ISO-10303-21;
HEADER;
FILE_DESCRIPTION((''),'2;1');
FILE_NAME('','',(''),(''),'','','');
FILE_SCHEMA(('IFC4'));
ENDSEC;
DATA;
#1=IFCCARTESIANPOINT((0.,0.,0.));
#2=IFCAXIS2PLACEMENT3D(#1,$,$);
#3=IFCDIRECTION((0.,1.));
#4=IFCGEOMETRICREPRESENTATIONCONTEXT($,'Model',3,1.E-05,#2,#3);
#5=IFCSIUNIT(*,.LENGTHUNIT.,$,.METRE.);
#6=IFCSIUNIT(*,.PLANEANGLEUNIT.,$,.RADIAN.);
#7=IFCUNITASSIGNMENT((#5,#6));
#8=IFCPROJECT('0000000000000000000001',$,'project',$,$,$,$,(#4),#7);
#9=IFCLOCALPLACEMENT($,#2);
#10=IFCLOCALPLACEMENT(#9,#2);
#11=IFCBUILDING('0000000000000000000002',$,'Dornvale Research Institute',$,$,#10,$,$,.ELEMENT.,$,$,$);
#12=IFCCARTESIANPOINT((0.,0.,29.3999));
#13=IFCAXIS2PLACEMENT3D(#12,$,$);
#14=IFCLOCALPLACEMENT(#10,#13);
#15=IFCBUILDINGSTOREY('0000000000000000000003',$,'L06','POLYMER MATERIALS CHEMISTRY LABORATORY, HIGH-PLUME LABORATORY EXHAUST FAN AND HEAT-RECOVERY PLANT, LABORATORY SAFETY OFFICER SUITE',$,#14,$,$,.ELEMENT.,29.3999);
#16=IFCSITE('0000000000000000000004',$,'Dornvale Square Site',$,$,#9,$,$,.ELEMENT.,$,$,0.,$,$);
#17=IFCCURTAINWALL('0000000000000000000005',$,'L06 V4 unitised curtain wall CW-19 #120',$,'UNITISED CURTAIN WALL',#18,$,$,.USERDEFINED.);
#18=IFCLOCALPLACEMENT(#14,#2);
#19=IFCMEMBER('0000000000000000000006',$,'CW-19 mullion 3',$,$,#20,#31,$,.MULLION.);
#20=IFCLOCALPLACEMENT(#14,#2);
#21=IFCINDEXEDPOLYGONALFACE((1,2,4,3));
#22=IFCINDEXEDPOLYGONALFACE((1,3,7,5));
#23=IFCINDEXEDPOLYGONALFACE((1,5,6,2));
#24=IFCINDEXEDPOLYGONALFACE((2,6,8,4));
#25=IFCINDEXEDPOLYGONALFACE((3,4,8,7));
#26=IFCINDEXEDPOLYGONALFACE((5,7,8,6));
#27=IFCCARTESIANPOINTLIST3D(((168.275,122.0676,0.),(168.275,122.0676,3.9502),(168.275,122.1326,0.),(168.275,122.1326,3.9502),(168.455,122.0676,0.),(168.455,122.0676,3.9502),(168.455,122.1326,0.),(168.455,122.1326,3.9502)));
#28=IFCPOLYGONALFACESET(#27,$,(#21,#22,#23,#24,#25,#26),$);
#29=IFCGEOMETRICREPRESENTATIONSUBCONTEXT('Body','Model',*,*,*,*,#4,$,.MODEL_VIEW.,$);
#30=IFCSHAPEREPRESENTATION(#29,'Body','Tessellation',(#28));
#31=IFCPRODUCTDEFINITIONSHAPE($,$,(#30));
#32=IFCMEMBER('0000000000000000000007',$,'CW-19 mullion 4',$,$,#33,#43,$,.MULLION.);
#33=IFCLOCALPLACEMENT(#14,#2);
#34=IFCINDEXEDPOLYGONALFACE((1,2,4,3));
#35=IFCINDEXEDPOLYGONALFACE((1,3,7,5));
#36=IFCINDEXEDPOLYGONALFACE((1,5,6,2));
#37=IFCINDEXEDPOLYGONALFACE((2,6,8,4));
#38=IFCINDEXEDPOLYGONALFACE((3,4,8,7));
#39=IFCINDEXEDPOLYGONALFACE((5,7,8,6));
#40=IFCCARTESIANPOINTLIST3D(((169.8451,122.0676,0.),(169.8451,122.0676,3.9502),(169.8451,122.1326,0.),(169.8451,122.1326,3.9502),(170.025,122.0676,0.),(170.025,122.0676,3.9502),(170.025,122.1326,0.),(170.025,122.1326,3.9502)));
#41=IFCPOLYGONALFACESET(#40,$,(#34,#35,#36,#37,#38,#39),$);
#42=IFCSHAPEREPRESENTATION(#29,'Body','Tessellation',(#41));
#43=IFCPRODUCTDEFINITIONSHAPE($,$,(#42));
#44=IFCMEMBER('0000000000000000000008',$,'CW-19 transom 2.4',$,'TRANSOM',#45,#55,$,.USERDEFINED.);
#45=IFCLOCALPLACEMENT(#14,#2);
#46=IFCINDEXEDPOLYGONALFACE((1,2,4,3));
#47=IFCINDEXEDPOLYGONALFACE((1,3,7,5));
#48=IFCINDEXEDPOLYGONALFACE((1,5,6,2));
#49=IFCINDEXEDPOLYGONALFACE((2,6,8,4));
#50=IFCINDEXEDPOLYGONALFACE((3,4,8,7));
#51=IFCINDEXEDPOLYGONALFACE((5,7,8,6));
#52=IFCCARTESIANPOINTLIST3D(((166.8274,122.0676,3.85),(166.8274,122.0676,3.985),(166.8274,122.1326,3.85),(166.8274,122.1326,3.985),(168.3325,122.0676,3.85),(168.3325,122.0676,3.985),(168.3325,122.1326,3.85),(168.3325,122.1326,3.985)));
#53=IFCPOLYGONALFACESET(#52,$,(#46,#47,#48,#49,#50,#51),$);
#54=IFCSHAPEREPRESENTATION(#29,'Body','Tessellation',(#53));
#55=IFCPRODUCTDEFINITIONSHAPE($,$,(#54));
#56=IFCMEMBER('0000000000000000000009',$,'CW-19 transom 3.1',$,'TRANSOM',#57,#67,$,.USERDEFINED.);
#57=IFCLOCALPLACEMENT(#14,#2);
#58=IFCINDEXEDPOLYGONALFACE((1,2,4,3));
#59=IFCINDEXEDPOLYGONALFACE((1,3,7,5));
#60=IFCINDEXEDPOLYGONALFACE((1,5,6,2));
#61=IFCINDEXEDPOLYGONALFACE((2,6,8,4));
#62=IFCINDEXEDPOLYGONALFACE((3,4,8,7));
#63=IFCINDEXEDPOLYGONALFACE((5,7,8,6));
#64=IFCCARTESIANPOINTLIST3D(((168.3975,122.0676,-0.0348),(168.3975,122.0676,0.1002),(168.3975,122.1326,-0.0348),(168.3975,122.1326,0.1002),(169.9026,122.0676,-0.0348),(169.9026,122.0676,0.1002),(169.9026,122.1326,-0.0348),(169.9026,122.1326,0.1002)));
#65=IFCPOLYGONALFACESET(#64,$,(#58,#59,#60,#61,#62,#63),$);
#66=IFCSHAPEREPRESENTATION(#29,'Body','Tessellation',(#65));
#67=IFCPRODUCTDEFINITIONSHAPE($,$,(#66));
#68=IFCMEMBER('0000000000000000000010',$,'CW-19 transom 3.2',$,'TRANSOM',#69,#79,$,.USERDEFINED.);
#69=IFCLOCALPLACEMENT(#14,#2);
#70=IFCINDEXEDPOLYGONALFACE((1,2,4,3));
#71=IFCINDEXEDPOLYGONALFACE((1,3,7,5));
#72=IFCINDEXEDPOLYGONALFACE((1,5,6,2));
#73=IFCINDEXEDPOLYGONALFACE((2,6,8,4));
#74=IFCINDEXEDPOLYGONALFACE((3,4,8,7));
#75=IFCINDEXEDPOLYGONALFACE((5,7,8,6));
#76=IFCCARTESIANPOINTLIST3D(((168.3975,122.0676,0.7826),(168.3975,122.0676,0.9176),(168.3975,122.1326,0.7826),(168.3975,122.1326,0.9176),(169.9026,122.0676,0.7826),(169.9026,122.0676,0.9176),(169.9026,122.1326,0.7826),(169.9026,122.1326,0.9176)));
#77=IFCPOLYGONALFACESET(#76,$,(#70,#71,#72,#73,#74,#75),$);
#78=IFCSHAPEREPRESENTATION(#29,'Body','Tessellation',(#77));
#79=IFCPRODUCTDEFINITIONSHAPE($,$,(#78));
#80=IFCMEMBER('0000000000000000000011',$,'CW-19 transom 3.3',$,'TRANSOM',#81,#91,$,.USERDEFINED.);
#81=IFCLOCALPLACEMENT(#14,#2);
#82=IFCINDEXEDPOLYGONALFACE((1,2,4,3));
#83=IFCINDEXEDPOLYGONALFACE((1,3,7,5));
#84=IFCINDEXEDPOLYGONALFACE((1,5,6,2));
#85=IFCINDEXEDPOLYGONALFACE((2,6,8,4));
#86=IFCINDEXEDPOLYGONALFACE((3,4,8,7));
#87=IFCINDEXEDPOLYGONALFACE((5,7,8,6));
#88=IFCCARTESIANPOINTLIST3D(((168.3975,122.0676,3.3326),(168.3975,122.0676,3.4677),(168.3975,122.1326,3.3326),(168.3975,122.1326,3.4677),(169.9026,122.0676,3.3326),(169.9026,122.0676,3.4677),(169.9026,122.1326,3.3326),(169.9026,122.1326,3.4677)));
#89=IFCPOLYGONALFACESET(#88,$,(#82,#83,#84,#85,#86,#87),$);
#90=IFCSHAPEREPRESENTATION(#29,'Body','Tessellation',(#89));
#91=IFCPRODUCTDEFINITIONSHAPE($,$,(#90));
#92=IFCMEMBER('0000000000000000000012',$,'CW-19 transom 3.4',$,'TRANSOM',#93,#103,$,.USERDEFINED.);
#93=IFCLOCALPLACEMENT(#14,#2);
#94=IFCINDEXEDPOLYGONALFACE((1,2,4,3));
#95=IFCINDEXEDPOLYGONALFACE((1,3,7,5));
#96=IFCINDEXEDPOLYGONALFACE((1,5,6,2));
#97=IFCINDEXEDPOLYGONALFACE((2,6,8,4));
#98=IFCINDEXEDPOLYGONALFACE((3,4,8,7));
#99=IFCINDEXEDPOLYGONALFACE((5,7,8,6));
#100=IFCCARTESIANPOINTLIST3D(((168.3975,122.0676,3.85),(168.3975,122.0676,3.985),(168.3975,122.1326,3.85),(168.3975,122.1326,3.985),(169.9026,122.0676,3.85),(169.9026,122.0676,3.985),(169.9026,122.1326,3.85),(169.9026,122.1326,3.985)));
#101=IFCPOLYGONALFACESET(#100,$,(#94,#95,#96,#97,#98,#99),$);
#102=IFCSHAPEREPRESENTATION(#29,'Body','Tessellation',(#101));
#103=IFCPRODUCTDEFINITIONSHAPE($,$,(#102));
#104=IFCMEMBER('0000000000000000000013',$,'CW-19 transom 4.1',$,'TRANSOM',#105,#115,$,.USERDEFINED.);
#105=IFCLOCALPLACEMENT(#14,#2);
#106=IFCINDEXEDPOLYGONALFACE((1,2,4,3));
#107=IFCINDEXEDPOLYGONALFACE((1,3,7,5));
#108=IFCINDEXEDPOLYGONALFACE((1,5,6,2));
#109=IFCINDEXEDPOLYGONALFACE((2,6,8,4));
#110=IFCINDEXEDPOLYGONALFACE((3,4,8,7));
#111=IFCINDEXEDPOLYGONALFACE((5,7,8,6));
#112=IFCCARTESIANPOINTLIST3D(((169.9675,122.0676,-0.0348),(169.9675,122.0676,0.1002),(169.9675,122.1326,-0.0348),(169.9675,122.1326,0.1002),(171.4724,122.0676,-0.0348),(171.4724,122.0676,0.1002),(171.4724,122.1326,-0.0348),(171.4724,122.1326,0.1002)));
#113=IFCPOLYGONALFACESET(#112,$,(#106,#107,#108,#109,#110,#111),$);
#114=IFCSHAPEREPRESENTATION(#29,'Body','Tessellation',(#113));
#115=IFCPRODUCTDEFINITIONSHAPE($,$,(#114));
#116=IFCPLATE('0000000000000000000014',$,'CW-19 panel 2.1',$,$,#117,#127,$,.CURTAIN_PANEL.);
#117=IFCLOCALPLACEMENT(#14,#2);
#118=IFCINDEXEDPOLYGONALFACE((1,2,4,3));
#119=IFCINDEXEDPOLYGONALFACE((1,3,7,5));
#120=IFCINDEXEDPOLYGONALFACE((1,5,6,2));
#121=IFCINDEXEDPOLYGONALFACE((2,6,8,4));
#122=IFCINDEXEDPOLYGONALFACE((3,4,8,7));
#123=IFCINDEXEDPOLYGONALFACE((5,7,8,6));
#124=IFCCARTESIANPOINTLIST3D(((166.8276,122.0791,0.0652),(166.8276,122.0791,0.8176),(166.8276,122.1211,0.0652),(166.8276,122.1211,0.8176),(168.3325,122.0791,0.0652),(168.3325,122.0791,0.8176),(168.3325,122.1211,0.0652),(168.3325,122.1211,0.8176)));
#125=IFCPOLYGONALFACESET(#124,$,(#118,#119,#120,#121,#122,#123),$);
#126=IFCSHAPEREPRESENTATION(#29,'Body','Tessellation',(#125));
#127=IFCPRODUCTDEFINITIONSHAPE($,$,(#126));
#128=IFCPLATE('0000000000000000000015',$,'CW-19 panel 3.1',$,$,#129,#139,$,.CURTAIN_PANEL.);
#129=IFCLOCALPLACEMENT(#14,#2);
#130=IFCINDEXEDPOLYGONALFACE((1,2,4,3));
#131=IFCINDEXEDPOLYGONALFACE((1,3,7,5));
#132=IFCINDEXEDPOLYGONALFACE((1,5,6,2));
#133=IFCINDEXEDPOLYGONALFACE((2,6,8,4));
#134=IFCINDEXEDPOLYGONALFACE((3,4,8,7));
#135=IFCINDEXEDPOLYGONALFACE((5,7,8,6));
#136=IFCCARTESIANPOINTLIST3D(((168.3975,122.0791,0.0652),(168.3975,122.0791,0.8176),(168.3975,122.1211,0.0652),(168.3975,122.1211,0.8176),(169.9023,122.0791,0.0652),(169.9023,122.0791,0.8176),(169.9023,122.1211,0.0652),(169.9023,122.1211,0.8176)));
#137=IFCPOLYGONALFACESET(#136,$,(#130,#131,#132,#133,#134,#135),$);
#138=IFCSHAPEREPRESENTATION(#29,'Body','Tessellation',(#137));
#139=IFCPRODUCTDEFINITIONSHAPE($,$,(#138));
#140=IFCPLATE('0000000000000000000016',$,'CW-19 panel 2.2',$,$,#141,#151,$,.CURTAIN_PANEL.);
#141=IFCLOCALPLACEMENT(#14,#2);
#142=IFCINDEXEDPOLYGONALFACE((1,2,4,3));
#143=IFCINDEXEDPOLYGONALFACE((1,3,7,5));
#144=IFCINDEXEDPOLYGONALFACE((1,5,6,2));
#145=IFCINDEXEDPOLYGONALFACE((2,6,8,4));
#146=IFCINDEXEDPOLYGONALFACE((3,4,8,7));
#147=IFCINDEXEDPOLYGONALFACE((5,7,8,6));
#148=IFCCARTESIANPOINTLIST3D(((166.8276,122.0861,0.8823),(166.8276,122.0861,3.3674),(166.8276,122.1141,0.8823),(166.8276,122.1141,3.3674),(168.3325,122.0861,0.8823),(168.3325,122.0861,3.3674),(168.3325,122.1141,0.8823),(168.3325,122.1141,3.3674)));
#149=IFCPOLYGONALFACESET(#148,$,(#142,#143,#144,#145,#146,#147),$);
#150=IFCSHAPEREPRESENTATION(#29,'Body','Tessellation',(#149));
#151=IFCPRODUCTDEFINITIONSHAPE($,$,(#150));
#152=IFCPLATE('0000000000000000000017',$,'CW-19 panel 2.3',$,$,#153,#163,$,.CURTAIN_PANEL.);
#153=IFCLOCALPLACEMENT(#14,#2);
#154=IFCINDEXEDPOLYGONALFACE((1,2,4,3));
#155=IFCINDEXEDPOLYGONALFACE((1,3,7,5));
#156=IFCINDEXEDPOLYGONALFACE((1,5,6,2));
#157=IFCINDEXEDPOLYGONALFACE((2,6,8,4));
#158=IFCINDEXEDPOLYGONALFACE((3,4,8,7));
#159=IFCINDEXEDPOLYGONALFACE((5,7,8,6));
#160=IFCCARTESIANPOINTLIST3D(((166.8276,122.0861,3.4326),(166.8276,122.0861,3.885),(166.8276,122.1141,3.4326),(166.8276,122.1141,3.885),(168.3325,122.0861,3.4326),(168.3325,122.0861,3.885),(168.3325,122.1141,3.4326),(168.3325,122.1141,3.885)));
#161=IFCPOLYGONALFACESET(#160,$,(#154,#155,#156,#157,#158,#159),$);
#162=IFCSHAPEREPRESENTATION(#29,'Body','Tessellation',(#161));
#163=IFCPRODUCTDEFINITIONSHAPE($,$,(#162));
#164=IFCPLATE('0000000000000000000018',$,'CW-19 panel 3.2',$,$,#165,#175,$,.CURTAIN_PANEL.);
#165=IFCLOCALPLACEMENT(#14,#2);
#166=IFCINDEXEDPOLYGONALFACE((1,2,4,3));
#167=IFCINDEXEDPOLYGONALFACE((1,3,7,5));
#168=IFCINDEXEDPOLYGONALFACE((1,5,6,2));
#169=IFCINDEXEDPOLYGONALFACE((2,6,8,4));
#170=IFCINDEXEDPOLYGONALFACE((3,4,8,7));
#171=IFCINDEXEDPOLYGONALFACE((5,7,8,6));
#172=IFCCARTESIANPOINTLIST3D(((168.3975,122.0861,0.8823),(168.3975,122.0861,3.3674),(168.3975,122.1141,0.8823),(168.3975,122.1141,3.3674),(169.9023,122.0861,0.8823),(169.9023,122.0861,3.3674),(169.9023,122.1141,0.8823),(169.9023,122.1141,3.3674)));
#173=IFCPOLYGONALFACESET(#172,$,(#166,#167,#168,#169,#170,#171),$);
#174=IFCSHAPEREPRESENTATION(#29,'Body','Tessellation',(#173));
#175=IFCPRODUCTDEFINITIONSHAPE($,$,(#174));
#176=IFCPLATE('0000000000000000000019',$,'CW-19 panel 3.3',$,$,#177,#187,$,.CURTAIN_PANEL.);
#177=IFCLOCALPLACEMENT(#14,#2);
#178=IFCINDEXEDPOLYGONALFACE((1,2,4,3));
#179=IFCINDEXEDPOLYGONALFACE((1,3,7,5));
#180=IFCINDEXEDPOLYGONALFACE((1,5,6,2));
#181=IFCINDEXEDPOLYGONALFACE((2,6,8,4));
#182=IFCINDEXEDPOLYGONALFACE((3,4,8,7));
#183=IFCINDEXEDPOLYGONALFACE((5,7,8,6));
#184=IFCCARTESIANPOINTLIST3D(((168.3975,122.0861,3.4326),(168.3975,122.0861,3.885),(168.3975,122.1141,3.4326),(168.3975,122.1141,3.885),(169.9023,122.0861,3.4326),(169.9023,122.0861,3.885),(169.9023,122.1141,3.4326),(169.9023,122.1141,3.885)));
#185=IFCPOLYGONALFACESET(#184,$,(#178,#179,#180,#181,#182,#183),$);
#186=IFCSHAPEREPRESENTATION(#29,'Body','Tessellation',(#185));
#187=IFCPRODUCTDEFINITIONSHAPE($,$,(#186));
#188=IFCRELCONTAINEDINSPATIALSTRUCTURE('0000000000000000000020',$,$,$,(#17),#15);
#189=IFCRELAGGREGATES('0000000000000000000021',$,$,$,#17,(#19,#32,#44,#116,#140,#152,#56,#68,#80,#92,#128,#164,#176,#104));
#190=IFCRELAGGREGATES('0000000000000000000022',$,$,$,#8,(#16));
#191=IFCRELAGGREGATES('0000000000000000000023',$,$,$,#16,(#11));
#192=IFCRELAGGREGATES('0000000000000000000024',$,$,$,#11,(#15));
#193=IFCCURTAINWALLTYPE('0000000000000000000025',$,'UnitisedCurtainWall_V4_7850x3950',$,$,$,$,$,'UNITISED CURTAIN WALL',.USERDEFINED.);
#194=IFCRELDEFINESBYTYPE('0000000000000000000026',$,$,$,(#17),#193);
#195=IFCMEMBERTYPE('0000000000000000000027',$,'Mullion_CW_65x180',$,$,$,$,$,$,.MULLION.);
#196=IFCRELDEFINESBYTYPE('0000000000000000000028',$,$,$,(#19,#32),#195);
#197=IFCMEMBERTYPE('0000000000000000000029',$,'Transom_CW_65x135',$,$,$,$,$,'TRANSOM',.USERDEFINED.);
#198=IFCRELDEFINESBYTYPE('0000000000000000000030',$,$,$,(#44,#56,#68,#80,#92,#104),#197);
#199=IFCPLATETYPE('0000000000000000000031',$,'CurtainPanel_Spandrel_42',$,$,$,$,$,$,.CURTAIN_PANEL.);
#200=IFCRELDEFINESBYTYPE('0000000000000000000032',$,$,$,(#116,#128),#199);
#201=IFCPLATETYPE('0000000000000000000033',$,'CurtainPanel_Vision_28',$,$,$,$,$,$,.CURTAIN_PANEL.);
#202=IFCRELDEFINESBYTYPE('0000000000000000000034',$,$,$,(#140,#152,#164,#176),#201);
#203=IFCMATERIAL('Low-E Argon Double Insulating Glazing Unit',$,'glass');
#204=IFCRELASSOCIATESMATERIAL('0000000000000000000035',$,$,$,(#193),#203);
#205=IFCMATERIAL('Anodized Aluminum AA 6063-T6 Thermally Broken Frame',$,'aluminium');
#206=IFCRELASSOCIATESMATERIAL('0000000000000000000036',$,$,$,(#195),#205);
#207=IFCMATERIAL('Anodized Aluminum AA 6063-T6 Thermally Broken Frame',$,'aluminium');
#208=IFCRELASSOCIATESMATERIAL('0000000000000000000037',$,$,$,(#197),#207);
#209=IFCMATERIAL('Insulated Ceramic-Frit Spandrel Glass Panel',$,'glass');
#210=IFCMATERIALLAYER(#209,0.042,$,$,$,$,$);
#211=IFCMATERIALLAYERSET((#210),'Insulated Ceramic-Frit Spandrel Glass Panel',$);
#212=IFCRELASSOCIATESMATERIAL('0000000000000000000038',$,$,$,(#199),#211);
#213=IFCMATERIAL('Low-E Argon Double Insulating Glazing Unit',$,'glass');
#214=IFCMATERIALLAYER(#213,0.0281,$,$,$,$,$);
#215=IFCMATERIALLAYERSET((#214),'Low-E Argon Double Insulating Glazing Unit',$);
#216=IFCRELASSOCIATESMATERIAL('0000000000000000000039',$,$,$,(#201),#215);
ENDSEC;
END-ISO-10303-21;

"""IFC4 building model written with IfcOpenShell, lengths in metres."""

from ifc_helpers import new_model, si_unit, direction, frame, origin, origin_2d, place, context, subcontext, project, spatial, rectangle, extrude, material, layer, layer_set, material_profile, profile_set, type_object, element, aggregate, save


model = new_model("IFC4")

# Units and contexts
model_context = context("Model", 3, precision=1e-05, world=origin(), true_north=direction((0.0, 1.0)))
body_context = subcontext(model_context, "Body", "Model", "MODEL_VIEW")
ifc_project = project(units=[si_unit("LENGTHUNIT", "METRE"), si_unit("PLANEANGLEUNIT", "RADIAN")], contexts=[model_context])

# Site, building, storey
site_placement = place(None, origin())
site = spatial("IfcSite", under=ifc_project, at=site_placement, Name="Dornvale Square Site", CompositionType="ELEMENT", RefElevation=0.0)
building_placement = place(site_placement, origin())
building = spatial("IfcBuilding", under=site, at=building_placement, Name="Dornvale Research Institute", CompositionType="ELEMENT")
storey_placement = place(building_placement, frame((0.0, 0.0, 29.3999)))
storey = spatial("IfcBuildingStorey", under=building, at=storey_placement, Name="L06", Description="POLYMER MATERIALS CHEMISTRY LABORATORY, HIGH-PLUME LABORATORY EXHAUST FAN AND HEAT-RECOVERY PLANT, LABORATORY SAFETY OFFICER SUITE", CompositionType="ELEMENT", Elevation=29.3999)

# Curtain wall, members, plates
ifc_material_1 = material(Name="Low-E Argon Double Insulating Glazing Unit", Category="glass")
curtain_wall_type = type_object("IfcCurtainWallType", Name="UnitisedCurtainWall_V4_7850x3950", ElementType="UNITISED CURTAIN WALL", PredefinedType="USERDEFINED", material=ifc_material_1)
curtain_wall_placement = place(storey_placement, origin())
curtain_wall = element("IfcCurtainWall", 1, at=curtain_wall_placement, inside=storey, type_object=curtain_wall_type, Name="L06 V4 unitised curtain wall CW-19 #120", ObjectType="UNITISED CURTAIN WALL", PredefinedType="USERDEFINED")
ifc_material_2 = material(Name="Anodized Aluminum AA 6063-T6 Thermally Broken Frame", Category="aluminium")
ifc_material_profile_1 = material_profile(ifc_material_2, rectangle(XDim=0.0649, YDim=0.1799, at=origin_2d()), Name="ALU MULLION 65x180")
ifc_profile_set_1 = profile_set([ifc_material_profile_1], Name="Anodized Aluminum AA 6063-T6 Thermally Broken Frame")
member_type_1 = type_object("IfcMemberType", Name="Mullion_CW_65x180", PredefinedType="MULLION", material=ifc_profile_set_1)
member_1_placement = place(storey_placement, frame((168.365, 122.1001, 0.0), z_axis=(0.0, 0.0, 1.0), x_axis=(0.0, 1.0, 0.0)))
member_1 = element("IfcMember", 2, at=member_1_placement, type_object=member_type_1, Name="CW-19 mullion 3", PredefinedType="MULLION", context=body_context, shape_type="SweptSolid", body=[
    extrude(rectangle(XDim=0.0649, YDim=0.1799, at=origin_2d()), origin(), (0.0, 0.0, 1.0), 3.9502),
])
member_2_placement = place(storey_placement, frame((169.9351, 122.1001, 0.0), z_axis=(0.0, 0.0, 1.0), x_axis=(0.0, 1.0, 0.0)))
member_2 = element("IfcMember", 3, at=member_2_placement, type_object=member_type_1, Name="CW-19 mullion 4", PredefinedType="MULLION", context=body_context, shape_type="SweptSolid", body=[
    extrude(rectangle(XDim=0.0649, YDim=0.1799, at=origin_2d()), origin(), (0.0, 0.0, 1.0), 3.9502),
])
ifc_material_3 = material(Name="Anodized Aluminum AA 6063-T6 Thermally Broken Frame", Category="aluminium")
ifc_material_profile_2 = material_profile(ifc_material_3, rectangle(XDim=0.0649, YDim=0.135, at=origin_2d()), Name="ALU TRANSOM 65x135")
ifc_profile_set_2 = profile_set([ifc_material_profile_2], Name="Anodized Aluminum AA 6063-T6 Thermally Broken Frame")
member_type_2 = type_object("IfcMemberType", Name="Transom_CW_65x135", ElementType="TRANSOM", PredefinedType="USERDEFINED", material=ifc_profile_set_2)
member_3_placement = place(storey_placement, frame((166.8274, 122.1001, 3.9175), z_axis=(1.0, 0.0, 0.0), x_axis=(0.0, 1.0, 0.0)))
member_3 = element("IfcMember", 4, at=member_3_placement, type_object=member_type_2, Name="CW-19 transom 2.4", ObjectType="TRANSOM", PredefinedType="USERDEFINED", context=body_context, shape_type="SweptSolid", body=[
    extrude(rectangle(XDim=0.0649, YDim=0.135, at=origin_2d()), origin(), (0.0, 0.0, 1.0), 1.5051),
])
member_4_placement = place(storey_placement, frame((168.3975, 122.1001, 0.0327), z_axis=(1.0, 0.0, 0.0), x_axis=(0.0, 1.0, 0.0)))
member_4 = element("IfcMember", 5, at=member_4_placement, type_object=member_type_2, Name="CW-19 transom 3.1", ObjectType="TRANSOM", PredefinedType="USERDEFINED", context=body_context, shape_type="SweptSolid", body=[
    extrude(rectangle(XDim=0.0649, YDim=0.135, at=origin_2d()), origin(), (0.0, 0.0, 1.0), 1.5051),
])
member_5_placement = place(storey_placement, frame((168.3975, 122.1001, 0.8501), z_axis=(1.0, 0.0, 0.0), x_axis=(0.0, 1.0, 0.0)))
member_5 = element("IfcMember", 6, at=member_5_placement, type_object=member_type_2, Name="CW-19 transom 3.2", ObjectType="TRANSOM", PredefinedType="USERDEFINED", context=body_context, shape_type="SweptSolid", body=[
    extrude(rectangle(XDim=0.0649, YDim=0.135, at=origin_2d()), origin(), (0.0, 0.0, 1.0), 1.5051),
])
member_6_placement = place(storey_placement, frame((168.3975, 122.1001, 3.4001), z_axis=(1.0, 0.0, 0.0), x_axis=(0.0, 1.0, 0.0)))
member_6 = element("IfcMember", 7, at=member_6_placement, type_object=member_type_2, Name="CW-19 transom 3.3", ObjectType="TRANSOM", PredefinedType="USERDEFINED", context=body_context, shape_type="SweptSolid", body=[
    extrude(rectangle(XDim=0.0649, YDim=0.135, at=origin_2d()), origin(), (0.0, 0.0, 1.0), 1.5051),
])
member_7_placement = place(storey_placement, frame((168.3975, 122.1001, 3.9175), z_axis=(1.0, 0.0, 0.0), x_axis=(0.0, 1.0, 0.0)))
member_7 = element("IfcMember", 8, at=member_7_placement, type_object=member_type_2, Name="CW-19 transom 3.4", ObjectType="TRANSOM", PredefinedType="USERDEFINED", context=body_context, shape_type="SweptSolid", body=[
    extrude(rectangle(XDim=0.0649, YDim=0.135, at=origin_2d()), origin(), (0.0, 0.0, 1.0), 1.5051),
])
member_8_placement = place(storey_placement, frame((169.9675, 122.1001, 0.0327), z_axis=(1.0, 0.0, 0.0), x_axis=(0.0, 1.0, 0.0)))
member_8 = element("IfcMember", 9, at=member_8_placement, type_object=member_type_2, Name="CW-19 transom 4.1", ObjectType="TRANSOM", PredefinedType="USERDEFINED", context=body_context, shape_type="SweptSolid", body=[
    extrude(rectangle(XDim=0.0649, YDim=0.135, at=origin_2d()), origin(), (0.0, 0.0, 1.0), 1.5049),
])
ifc_material_4 = material(Name="Insulated Ceramic-Frit Spandrel Glass Panel", Category="glass")
ifc_layer_1 = layer(ifc_material_4, 0.042)
ifc_layer_set_1 = layer_set([ifc_layer_1], Name="Insulated Ceramic-Frit Spandrel Glass Panel")
plate_type_1 = type_object("IfcPlateType", Name="CurtainPanel_Spandrel_42", PredefinedType="CURTAIN_PANEL", material=ifc_layer_set_1)
plate_1_placement = place(storey_placement, frame((167.5801, 122.1001, 0.0652), z_axis=(0.0, 0.0, 1.0), x_axis=(1.0, 0.0, 0.0)))
plate_1 = element("IfcPlate", 10, at=plate_1_placement, type_object=plate_type_1, Name="CW-19 panel 2.1", PredefinedType="CURTAIN_PANEL", context=body_context, shape_type="SweptSolid", body=[
    extrude(rectangle(XDim=1.5049, YDim=0.042, at=origin_2d()), origin(), (0.0, 0.0, 1.0), 0.7524),
])
plate_2_placement = place(storey_placement, frame((169.1499, 122.1001, 0.0652), z_axis=(0.0, 0.0, 1.0), x_axis=(1.0, 0.0, 0.0)))
plate_2 = element("IfcPlate", 11, at=plate_2_placement, type_object=plate_type_1, Name="CW-19 panel 3.1", PredefinedType="CURTAIN_PANEL", context=body_context, shape_type="SweptSolid", body=[
    extrude(rectangle(XDim=1.5049, YDim=0.042, at=origin_2d()), origin(), (0.0, 0.0, 1.0), 0.7524),
])
ifc_material_5 = material(Name="Low-E Argon Double Insulating Glazing Unit", Category="glass")
ifc_layer_2 = layer(ifc_material_5, 0.0281)
ifc_layer_set_2 = layer_set([ifc_layer_2], Name="Low-E Argon Double Insulating Glazing Unit")
plate_type_2 = type_object("IfcPlateType", Name="CurtainPanel_Vision_28", PredefinedType="CURTAIN_PANEL", material=ifc_layer_set_2)
plate_3_placement = place(storey_placement, frame((167.5801, 122.1001, 0.8823), z_axis=(0.0, 0.0, 1.0), x_axis=(1.0, 0.0, 0.0)))
plate_3 = element("IfcPlate", 12, at=plate_3_placement, type_object=plate_type_2, Name="CW-19 panel 2.2", PredefinedType="CURTAIN_PANEL", context=body_context, shape_type="SweptSolid", body=[
    extrude(rectangle(XDim=1.5049, YDim=0.0281, at=origin_2d()), origin(), (0.0, 0.0, 1.0), 2.4851),
])
plate_4_placement = place(storey_placement, frame((167.5801, 122.1001, 3.4326), z_axis=(0.0, 0.0, 1.0), x_axis=(1.0, 0.0, 0.0)))
plate_4 = element("IfcPlate", 13, at=plate_4_placement, type_object=plate_type_2, Name="CW-19 panel 2.3", PredefinedType="CURTAIN_PANEL", context=body_context, shape_type="SweptSolid", body=[
    extrude(rectangle(XDim=1.5049, YDim=0.0281, at=origin_2d()), origin(), (0.0, 0.0, 1.0), 0.4524),
])
plate_5_placement = place(storey_placement, frame((169.1499, 122.1001, 0.8823), z_axis=(0.0, 0.0, 1.0), x_axis=(1.0, 0.0, 0.0)))
plate_5 = element("IfcPlate", 14, at=plate_5_placement, type_object=plate_type_2, Name="CW-19 panel 3.2", PredefinedType="CURTAIN_PANEL", context=body_context, shape_type="SweptSolid", body=[
    extrude(rectangle(XDim=1.5049, YDim=0.0281, at=origin_2d()), origin(), (0.0, 0.0, 1.0), 2.4851),
])
plate_6_placement = place(storey_placement, frame((169.1499, 122.1001, 3.4326), z_axis=(0.0, 0.0, 1.0), x_axis=(1.0, 0.0, 0.0)))
plate_6 = element("IfcPlate", 15, at=plate_6_placement, type_object=plate_type_2, Name="CW-19 panel 3.3", PredefinedType="CURTAIN_PANEL", context=body_context, shape_type="SweptSolid", body=[
    extrude(rectangle(XDim=1.5049, YDim=0.0281, at=origin_2d()), origin(), (0.0, 0.0, 1.0), 0.4524),
])
aggregate(curtain_wall, [member_1, member_2, member_3, plate_1, plate_3, plate_4, member_4, member_5, member_6, member_7, plate_2, plate_5, plate_6, member_8])

save(model, "model.ifc")
